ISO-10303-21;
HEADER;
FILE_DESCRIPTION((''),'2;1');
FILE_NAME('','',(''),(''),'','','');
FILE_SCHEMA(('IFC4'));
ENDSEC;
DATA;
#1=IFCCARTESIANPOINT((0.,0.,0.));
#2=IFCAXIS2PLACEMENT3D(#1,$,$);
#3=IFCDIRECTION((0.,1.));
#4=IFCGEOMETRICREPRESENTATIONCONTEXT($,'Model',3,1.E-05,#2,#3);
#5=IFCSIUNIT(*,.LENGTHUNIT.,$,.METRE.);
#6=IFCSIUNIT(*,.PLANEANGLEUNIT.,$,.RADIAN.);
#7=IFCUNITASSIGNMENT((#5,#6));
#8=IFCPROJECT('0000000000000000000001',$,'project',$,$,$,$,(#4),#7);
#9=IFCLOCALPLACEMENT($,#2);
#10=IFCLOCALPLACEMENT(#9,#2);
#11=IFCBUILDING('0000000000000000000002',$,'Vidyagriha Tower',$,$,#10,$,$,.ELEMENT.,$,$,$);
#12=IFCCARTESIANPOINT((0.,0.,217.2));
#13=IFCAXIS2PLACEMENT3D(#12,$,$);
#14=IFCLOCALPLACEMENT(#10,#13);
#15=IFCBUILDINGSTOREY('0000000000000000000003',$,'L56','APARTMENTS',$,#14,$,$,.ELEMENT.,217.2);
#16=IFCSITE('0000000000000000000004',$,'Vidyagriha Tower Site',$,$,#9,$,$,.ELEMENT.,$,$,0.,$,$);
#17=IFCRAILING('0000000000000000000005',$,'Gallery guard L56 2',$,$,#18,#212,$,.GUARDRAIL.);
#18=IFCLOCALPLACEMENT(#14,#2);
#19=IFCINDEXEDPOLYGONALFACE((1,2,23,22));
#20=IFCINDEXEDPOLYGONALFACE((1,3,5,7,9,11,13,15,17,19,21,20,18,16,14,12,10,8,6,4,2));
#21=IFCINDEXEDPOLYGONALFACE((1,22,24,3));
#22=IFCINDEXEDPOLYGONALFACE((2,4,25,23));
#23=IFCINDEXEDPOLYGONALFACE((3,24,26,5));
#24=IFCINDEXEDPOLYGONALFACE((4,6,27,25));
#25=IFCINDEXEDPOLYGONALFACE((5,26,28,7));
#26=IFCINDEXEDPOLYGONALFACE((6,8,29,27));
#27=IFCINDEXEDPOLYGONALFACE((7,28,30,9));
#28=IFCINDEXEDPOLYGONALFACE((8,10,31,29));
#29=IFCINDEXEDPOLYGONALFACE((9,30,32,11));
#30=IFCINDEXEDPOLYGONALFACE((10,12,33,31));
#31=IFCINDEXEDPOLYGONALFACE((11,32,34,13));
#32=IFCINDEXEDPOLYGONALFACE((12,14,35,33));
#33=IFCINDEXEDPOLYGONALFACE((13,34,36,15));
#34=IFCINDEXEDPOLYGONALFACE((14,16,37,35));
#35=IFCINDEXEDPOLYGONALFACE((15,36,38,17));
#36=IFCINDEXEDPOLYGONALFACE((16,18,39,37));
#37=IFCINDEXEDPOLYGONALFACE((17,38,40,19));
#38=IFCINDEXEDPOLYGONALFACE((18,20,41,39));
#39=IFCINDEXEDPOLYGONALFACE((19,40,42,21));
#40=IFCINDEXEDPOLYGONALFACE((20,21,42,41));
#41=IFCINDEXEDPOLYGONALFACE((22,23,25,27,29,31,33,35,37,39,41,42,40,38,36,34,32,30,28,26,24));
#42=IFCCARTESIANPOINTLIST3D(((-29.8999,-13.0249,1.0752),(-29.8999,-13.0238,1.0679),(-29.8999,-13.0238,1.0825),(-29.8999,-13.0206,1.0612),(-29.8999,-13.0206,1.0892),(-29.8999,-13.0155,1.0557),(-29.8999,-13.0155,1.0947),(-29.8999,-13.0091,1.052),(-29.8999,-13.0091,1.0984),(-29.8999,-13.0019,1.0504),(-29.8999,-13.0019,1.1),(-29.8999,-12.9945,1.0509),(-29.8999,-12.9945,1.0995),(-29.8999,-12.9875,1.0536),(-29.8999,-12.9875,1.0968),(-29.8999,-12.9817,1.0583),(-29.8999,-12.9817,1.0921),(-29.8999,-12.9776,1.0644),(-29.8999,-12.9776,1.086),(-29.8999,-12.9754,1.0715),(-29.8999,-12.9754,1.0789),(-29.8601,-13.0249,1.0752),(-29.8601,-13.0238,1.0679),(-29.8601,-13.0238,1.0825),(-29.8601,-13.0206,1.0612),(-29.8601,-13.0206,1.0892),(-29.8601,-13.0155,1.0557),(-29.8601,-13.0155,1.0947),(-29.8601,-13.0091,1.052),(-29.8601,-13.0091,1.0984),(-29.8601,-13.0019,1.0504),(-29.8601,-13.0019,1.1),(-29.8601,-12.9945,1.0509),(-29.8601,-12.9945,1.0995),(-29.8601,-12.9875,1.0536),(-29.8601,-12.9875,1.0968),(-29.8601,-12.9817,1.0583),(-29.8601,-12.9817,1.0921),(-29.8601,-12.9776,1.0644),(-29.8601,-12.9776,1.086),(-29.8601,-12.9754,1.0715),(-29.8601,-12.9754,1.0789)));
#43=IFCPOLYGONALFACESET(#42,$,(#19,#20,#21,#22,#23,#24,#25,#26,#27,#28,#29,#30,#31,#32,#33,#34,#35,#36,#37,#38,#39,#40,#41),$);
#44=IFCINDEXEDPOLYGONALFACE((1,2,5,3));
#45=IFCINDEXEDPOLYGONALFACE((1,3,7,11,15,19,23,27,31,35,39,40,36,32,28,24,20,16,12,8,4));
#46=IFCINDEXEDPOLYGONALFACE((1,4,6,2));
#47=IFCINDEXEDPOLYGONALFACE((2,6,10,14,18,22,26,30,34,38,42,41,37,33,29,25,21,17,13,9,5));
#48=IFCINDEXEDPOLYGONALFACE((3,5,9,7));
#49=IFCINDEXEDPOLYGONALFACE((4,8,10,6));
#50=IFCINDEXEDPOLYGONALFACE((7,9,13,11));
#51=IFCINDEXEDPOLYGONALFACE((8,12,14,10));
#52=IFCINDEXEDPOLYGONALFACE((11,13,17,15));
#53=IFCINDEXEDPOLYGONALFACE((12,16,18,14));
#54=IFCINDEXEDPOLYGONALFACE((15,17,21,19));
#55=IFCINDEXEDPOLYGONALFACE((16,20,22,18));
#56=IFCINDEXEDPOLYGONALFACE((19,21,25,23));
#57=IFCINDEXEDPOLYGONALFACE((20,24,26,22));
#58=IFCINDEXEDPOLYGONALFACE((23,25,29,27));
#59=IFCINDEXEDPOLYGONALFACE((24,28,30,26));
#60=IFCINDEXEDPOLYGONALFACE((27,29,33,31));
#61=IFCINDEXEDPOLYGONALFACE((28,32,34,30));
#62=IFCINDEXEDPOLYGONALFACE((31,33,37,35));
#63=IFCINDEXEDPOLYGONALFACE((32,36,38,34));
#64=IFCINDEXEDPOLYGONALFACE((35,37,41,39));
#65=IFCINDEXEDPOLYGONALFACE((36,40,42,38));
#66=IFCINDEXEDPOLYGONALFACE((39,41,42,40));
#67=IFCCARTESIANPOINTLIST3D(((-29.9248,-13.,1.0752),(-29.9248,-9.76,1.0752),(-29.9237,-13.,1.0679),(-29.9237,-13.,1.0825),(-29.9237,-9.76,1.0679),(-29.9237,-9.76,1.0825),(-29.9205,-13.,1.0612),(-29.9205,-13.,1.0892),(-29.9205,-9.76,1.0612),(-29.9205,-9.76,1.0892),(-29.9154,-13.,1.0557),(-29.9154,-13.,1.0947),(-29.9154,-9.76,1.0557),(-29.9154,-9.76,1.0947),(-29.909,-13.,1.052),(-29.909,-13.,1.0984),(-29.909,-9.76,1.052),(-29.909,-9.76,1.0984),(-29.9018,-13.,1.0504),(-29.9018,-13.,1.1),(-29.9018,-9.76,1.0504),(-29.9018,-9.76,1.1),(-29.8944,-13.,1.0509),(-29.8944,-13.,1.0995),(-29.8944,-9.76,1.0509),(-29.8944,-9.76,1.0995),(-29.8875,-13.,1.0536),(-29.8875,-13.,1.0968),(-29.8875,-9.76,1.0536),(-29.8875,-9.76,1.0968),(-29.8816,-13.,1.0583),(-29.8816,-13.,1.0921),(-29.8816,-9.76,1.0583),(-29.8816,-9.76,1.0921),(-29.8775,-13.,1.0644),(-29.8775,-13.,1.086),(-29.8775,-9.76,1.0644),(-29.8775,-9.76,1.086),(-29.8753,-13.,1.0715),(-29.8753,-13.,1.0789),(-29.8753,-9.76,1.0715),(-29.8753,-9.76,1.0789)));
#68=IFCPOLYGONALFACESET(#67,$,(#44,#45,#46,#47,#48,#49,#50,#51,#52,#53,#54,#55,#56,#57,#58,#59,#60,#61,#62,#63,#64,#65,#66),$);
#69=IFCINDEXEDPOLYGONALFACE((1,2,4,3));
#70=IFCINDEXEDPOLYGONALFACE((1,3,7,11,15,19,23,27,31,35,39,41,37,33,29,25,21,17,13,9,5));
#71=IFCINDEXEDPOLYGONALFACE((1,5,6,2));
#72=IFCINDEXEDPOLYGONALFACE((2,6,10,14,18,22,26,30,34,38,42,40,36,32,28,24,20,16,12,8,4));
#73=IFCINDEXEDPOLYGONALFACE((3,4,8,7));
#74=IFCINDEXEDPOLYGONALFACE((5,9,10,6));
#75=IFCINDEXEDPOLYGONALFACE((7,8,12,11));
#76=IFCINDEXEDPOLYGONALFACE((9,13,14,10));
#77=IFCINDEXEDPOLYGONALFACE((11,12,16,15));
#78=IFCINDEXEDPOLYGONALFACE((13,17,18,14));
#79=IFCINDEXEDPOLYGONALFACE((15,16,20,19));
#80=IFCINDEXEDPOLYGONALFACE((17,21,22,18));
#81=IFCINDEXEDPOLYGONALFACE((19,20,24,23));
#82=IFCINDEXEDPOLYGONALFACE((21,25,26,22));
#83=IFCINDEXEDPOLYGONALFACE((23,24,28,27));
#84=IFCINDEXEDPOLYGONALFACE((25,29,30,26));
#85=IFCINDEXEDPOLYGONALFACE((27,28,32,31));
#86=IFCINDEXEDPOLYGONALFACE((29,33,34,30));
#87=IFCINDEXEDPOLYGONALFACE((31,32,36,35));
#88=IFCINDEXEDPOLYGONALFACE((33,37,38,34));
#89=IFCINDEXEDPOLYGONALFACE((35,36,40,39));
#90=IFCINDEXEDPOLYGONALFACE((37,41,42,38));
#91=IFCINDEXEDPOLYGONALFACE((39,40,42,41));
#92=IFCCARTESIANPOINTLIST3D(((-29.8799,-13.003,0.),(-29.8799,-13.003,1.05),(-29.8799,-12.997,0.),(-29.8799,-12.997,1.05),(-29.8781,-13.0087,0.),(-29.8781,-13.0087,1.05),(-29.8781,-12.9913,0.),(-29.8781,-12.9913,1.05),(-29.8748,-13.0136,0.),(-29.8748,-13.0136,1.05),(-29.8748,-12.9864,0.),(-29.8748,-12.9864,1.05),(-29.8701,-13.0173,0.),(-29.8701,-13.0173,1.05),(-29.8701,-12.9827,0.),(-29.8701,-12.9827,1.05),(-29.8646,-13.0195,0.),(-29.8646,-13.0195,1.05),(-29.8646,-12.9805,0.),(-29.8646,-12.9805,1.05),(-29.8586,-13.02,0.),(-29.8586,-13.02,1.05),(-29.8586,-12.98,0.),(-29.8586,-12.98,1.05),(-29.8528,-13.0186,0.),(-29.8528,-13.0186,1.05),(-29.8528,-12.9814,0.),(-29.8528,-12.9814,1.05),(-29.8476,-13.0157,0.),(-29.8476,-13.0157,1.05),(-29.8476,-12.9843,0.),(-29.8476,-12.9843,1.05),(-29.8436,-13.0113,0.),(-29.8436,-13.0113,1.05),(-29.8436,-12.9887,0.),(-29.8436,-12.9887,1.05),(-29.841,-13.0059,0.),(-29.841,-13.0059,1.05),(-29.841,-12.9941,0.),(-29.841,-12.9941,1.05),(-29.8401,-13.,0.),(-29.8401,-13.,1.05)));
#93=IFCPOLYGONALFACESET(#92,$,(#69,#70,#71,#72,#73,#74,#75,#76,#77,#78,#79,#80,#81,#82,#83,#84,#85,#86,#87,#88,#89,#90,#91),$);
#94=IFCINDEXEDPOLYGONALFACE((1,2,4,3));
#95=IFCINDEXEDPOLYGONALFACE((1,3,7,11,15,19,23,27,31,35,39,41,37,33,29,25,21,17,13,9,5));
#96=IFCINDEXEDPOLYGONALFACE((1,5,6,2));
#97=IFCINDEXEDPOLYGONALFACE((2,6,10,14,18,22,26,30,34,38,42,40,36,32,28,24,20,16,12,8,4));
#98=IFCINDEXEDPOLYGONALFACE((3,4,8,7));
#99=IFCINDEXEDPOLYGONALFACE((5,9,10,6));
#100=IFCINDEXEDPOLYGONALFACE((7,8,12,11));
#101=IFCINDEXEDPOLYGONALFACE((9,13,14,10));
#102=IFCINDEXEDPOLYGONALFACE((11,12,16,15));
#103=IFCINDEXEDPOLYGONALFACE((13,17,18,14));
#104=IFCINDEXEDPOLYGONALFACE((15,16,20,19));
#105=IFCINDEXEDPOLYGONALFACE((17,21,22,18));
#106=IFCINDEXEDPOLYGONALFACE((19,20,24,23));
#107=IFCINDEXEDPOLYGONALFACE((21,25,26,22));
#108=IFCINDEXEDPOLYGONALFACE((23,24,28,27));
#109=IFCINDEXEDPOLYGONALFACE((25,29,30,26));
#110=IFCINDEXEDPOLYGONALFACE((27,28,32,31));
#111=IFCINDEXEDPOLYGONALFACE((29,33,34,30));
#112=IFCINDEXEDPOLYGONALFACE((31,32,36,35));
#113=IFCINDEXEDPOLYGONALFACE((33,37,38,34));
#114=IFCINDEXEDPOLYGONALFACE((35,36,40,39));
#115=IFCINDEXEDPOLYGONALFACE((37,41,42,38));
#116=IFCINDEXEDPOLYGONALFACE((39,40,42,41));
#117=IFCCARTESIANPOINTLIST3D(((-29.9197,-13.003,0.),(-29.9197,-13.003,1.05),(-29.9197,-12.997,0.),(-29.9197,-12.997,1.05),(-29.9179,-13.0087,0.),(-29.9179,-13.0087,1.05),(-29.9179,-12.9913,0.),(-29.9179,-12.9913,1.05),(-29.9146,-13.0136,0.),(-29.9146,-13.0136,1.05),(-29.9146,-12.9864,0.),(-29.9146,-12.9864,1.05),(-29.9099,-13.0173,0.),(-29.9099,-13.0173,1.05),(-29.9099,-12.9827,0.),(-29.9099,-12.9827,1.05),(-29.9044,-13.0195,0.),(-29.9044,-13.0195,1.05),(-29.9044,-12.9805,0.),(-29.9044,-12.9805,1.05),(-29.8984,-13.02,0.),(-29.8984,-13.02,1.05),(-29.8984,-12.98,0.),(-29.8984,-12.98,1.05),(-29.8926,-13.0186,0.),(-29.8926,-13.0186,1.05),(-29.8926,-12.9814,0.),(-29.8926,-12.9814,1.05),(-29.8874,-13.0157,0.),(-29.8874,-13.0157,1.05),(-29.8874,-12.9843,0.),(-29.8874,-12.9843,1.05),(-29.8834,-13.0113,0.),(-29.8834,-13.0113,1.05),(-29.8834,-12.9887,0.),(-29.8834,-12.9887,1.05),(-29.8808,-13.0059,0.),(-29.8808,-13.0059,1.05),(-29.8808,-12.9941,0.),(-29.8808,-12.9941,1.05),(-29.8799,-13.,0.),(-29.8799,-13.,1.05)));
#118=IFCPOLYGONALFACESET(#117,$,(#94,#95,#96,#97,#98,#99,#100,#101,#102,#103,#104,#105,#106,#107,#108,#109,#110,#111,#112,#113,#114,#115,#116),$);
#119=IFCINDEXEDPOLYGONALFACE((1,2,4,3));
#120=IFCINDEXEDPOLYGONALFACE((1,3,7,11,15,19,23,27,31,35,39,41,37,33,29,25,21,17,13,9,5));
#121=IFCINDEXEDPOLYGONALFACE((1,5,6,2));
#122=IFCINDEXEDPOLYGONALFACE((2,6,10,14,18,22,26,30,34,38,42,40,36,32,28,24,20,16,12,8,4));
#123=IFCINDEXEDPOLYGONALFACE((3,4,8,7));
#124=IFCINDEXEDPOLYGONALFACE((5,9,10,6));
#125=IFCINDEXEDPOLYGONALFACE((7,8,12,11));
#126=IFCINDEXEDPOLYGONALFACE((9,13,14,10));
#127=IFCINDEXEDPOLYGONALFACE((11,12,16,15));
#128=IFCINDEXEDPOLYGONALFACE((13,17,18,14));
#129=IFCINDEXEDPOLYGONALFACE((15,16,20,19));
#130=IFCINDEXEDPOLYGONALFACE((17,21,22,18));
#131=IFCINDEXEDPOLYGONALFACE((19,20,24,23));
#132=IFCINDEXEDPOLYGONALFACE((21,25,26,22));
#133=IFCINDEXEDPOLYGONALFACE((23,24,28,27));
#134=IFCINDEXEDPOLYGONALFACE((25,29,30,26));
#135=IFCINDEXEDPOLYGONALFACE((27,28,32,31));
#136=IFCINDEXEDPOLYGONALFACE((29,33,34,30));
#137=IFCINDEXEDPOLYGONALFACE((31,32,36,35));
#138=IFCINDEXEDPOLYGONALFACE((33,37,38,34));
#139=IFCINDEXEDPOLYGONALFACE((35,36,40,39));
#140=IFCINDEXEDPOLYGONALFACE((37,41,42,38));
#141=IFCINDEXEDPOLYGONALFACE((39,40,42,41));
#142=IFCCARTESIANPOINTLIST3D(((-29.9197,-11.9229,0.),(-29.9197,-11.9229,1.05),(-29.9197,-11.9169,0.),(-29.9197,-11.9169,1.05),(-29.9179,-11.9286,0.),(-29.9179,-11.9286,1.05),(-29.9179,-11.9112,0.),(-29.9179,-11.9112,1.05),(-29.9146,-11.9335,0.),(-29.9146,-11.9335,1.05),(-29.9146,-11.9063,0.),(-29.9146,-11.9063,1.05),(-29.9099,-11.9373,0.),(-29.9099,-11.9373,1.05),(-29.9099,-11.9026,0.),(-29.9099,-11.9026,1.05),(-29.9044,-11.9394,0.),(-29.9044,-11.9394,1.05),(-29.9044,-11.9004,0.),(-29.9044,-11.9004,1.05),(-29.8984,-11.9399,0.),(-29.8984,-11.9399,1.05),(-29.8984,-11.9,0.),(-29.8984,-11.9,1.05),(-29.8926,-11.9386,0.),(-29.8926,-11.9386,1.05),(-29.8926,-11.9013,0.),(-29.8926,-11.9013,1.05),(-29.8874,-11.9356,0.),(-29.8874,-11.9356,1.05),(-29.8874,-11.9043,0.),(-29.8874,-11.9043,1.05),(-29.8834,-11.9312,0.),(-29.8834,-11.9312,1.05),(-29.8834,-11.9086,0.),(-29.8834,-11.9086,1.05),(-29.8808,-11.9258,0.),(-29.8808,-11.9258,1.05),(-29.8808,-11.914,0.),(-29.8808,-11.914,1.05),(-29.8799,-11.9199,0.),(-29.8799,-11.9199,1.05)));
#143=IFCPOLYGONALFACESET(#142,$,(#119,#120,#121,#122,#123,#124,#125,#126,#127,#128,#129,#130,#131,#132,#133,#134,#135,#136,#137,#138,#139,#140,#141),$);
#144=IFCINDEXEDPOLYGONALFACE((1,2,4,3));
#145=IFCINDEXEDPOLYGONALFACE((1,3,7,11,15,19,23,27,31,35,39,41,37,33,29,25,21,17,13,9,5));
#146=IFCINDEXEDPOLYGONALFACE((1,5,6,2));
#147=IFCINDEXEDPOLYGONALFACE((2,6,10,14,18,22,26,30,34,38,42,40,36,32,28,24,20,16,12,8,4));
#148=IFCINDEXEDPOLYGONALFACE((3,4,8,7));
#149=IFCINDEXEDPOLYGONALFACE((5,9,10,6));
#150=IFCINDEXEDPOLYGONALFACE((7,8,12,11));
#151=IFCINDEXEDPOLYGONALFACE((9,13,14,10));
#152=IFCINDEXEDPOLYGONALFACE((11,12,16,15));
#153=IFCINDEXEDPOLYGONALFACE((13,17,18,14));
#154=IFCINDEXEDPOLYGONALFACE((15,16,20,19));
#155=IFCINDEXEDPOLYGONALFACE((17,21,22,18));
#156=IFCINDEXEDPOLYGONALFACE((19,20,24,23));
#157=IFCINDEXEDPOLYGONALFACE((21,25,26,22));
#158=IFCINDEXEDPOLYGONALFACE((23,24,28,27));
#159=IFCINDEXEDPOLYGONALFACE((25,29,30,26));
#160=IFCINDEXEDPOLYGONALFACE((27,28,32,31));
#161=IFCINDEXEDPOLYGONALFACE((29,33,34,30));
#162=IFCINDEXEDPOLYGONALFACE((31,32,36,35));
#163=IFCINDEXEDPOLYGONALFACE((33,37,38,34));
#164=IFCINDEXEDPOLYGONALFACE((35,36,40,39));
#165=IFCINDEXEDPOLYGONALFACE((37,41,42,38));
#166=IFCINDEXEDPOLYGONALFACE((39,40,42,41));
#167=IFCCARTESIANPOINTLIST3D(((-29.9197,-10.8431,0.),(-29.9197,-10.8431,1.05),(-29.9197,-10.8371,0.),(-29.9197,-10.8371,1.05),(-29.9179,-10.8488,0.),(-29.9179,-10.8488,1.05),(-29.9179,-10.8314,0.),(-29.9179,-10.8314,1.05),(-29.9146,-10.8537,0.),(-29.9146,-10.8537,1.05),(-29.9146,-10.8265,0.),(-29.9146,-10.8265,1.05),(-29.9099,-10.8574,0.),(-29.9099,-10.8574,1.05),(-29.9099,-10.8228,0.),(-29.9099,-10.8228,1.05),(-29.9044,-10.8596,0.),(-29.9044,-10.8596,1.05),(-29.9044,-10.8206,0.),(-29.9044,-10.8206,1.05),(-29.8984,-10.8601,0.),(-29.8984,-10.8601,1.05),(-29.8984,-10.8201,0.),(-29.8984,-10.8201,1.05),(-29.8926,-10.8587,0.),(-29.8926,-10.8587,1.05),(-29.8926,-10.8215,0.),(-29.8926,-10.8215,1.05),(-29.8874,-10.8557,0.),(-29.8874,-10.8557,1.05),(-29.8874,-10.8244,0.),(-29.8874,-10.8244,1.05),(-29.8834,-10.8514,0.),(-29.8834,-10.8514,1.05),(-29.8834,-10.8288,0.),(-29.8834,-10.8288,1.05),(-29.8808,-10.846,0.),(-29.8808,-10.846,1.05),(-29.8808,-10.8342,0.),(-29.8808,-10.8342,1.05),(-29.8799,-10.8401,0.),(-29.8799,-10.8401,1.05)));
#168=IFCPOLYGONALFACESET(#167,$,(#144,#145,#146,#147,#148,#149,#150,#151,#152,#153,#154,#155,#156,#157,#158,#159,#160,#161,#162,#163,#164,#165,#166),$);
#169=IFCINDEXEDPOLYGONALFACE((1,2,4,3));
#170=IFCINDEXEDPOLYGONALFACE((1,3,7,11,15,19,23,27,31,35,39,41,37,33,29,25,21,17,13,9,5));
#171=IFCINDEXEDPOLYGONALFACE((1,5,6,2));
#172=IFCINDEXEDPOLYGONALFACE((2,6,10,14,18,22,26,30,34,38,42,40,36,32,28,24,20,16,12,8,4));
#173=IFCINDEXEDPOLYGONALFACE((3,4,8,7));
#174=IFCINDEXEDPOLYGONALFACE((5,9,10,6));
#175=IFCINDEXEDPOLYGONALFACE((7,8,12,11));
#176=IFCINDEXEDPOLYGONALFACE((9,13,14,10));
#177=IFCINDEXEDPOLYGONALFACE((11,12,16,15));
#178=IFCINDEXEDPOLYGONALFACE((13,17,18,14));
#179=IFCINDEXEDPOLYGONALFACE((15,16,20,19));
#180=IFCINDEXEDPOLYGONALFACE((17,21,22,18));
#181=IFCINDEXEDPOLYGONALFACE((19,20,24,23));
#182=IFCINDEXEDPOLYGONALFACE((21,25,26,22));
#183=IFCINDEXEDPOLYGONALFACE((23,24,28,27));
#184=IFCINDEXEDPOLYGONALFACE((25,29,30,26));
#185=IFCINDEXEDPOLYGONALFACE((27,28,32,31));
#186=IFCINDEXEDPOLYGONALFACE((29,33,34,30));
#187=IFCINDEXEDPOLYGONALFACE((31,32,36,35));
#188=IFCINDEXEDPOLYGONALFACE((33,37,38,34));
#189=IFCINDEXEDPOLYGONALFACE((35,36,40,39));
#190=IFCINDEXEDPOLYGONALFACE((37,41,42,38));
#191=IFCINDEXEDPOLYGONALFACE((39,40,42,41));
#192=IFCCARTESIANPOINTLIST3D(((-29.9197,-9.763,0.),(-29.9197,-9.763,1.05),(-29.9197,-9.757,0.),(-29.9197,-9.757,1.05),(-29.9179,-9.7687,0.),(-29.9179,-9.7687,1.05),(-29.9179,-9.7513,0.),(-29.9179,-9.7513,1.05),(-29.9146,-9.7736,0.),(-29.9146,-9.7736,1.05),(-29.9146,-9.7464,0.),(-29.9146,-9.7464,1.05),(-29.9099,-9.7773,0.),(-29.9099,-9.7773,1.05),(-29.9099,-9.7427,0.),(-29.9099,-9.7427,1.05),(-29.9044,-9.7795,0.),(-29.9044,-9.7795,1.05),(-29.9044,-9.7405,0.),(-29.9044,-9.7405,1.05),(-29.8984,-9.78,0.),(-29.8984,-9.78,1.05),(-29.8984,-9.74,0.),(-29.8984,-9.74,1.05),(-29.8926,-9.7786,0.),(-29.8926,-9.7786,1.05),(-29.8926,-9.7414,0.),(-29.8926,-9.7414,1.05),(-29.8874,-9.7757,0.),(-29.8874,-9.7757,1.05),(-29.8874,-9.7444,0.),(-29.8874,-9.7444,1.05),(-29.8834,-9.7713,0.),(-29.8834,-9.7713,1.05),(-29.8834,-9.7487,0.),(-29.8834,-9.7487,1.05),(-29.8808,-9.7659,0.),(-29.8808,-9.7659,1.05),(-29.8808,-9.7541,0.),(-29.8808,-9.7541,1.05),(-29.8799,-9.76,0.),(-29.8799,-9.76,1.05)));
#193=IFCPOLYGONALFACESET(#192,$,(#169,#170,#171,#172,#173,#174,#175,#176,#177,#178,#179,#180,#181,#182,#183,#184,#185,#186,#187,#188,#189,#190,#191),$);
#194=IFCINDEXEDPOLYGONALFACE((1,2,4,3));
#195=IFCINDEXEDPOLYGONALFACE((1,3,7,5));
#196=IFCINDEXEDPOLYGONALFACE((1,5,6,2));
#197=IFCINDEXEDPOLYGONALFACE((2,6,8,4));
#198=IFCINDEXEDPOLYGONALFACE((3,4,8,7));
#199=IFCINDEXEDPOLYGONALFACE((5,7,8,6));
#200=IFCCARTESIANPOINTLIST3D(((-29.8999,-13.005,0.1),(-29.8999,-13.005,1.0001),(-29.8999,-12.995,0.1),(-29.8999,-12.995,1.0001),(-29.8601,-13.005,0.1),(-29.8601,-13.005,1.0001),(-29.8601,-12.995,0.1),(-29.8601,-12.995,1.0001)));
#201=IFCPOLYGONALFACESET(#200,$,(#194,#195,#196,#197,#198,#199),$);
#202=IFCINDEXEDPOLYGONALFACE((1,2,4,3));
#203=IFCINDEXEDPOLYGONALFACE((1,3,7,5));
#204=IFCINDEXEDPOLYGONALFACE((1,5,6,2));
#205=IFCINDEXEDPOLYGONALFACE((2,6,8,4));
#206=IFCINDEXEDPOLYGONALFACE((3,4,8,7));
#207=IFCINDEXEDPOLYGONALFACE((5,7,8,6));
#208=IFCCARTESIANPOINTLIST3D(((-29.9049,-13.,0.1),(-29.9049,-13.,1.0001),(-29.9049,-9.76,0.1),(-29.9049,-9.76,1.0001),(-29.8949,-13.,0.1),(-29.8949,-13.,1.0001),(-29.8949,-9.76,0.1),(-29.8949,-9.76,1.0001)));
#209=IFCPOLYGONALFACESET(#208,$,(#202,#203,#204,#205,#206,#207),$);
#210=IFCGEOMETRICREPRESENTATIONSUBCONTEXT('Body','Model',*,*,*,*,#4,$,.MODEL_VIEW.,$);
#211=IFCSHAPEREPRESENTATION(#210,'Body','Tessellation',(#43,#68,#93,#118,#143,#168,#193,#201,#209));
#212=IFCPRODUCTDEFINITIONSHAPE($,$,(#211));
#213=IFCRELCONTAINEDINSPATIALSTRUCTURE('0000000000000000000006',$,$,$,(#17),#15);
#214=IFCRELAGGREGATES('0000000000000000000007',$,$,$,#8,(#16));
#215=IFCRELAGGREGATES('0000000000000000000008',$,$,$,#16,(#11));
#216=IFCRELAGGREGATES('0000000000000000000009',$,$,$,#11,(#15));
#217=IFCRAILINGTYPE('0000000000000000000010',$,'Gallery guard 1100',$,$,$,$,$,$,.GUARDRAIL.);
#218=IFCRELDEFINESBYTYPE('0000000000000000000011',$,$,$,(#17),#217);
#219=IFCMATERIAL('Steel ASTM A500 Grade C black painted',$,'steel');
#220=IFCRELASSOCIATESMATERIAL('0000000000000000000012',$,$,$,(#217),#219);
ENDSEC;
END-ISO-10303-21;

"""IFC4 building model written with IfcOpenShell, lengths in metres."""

from ifc_helpers import new_model, si_unit, direction, frame, origin, origin_2d, place, context, subcontext, project, spatial, rectangle, circle, extrude, material, type_object, element, save


model = new_model("IFC4")

# Units and contexts
model_context = context("Model", 3, precision=1e-05, world=origin(), true_north=direction((0.0, 1.0)))
body_context = subcontext(model_context, "Body", "Model", "MODEL_VIEW")
ifc_project = project(units=[si_unit("LENGTHUNIT", "METRE"), si_unit("PLANEANGLEUNIT", "RADIAN")], contexts=[model_context])

# Site, building, storey
site_placement = place(None, origin())
site = spatial("IfcSite", under=ifc_project, at=site_placement, Name="Vidyagriha Tower Site", CompositionType="ELEMENT", RefElevation=0.0)
building_placement = place(site_placement, origin())
building = spatial("IfcBuilding", under=site, at=building_placement, Name="Vidyagriha Tower", CompositionType="ELEMENT")
storey_placement = place(building_placement, frame((0.0, 0.0, 217.2)))
storey = spatial("IfcBuildingStorey", under=building, at=storey_placement, Name="L56", Description="APARTMENTS", CompositionType="ELEMENT", Elevation=217.2)

# Railing
ifc_material_1 = material(Name="Steel ASTM A500 Grade C black painted", Category="steel")
railing_type_1 = type_object("IfcRailingType", Name="Gallery guard 1100", PredefinedType="GUARDRAIL", material=ifc_material_1)
railing_1_placement = place(storey_placement, frame((-29.8601, -13.0, 0.0)))
element("IfcRailing", 1, at=railing_1_placement, inside=storey, type_object=railing_type_1, Name="Gallery guard L56 2", PredefinedType="GUARDRAIL", context=body_context, shape_type="SweptSolid", body=[
    extrude(circle(Radius=0.0249, at=origin_2d()), frame((0.0, 0.0, 1.0752), z_axis=(-1.0, 0.0, 0.0), x_axis=(0.0, -1.0, 0.0)), (0.0, 0.0, 1.0), 0.0398),
    extrude(circle(Radius=0.0249, at=origin_2d()), frame((-0.0398, 0.0, 1.0752), z_axis=(0.0, 1.0, 0.0), x_axis=(-1.0, 0.0, 0.0)), (0.0, 0.0, 1.0), 3.24),
    extrude(circle(Radius=0.02, at=origin_2d()), origin(), (0.0, 0.0, 1.0), 1.05),
    extrude(circle(Radius=0.02, at=origin_2d()), frame((-0.0398, 0.0, 0.0)), (0.0, 0.0, 1.0), 1.05),
    extrude(circle(Radius=0.02, at=origin_2d()), frame((-0.0398, 1.0801, 0.0)), (0.0, 0.0, 1.0), 1.05),
    extrude(circle(Radius=0.02, at=origin_2d()), frame((-0.0398, 2.1599, 0.0)), (0.0, 0.0, 1.0), 1.05),
    extrude(circle(Radius=0.02, at=origin_2d()), frame((-0.0398, 3.24, 0.0)), (0.0, 0.0, 1.0), 1.05),
    extrude(rectangle(XDim=0.01, YDim=0.9001, at=origin_2d()), frame((0.0, 0.0, 0.55), z_axis=(-1.0, 0.0, 0.0), x_axis=(0.0, -1.0, 0.0)), (0.0, 0.0, 1.0), 0.0398),
    extrude(rectangle(XDim=0.01, YDim=0.9001, at=origin_2d()), frame((-0.0398, 0.0, 0.55), z_axis=(0.0, 1.0, 0.0), x_axis=(-1.0, 0.0, 0.0)), (0.0, 0.0, 1.0), 3.24),
])

save(model, "model.ifc")
